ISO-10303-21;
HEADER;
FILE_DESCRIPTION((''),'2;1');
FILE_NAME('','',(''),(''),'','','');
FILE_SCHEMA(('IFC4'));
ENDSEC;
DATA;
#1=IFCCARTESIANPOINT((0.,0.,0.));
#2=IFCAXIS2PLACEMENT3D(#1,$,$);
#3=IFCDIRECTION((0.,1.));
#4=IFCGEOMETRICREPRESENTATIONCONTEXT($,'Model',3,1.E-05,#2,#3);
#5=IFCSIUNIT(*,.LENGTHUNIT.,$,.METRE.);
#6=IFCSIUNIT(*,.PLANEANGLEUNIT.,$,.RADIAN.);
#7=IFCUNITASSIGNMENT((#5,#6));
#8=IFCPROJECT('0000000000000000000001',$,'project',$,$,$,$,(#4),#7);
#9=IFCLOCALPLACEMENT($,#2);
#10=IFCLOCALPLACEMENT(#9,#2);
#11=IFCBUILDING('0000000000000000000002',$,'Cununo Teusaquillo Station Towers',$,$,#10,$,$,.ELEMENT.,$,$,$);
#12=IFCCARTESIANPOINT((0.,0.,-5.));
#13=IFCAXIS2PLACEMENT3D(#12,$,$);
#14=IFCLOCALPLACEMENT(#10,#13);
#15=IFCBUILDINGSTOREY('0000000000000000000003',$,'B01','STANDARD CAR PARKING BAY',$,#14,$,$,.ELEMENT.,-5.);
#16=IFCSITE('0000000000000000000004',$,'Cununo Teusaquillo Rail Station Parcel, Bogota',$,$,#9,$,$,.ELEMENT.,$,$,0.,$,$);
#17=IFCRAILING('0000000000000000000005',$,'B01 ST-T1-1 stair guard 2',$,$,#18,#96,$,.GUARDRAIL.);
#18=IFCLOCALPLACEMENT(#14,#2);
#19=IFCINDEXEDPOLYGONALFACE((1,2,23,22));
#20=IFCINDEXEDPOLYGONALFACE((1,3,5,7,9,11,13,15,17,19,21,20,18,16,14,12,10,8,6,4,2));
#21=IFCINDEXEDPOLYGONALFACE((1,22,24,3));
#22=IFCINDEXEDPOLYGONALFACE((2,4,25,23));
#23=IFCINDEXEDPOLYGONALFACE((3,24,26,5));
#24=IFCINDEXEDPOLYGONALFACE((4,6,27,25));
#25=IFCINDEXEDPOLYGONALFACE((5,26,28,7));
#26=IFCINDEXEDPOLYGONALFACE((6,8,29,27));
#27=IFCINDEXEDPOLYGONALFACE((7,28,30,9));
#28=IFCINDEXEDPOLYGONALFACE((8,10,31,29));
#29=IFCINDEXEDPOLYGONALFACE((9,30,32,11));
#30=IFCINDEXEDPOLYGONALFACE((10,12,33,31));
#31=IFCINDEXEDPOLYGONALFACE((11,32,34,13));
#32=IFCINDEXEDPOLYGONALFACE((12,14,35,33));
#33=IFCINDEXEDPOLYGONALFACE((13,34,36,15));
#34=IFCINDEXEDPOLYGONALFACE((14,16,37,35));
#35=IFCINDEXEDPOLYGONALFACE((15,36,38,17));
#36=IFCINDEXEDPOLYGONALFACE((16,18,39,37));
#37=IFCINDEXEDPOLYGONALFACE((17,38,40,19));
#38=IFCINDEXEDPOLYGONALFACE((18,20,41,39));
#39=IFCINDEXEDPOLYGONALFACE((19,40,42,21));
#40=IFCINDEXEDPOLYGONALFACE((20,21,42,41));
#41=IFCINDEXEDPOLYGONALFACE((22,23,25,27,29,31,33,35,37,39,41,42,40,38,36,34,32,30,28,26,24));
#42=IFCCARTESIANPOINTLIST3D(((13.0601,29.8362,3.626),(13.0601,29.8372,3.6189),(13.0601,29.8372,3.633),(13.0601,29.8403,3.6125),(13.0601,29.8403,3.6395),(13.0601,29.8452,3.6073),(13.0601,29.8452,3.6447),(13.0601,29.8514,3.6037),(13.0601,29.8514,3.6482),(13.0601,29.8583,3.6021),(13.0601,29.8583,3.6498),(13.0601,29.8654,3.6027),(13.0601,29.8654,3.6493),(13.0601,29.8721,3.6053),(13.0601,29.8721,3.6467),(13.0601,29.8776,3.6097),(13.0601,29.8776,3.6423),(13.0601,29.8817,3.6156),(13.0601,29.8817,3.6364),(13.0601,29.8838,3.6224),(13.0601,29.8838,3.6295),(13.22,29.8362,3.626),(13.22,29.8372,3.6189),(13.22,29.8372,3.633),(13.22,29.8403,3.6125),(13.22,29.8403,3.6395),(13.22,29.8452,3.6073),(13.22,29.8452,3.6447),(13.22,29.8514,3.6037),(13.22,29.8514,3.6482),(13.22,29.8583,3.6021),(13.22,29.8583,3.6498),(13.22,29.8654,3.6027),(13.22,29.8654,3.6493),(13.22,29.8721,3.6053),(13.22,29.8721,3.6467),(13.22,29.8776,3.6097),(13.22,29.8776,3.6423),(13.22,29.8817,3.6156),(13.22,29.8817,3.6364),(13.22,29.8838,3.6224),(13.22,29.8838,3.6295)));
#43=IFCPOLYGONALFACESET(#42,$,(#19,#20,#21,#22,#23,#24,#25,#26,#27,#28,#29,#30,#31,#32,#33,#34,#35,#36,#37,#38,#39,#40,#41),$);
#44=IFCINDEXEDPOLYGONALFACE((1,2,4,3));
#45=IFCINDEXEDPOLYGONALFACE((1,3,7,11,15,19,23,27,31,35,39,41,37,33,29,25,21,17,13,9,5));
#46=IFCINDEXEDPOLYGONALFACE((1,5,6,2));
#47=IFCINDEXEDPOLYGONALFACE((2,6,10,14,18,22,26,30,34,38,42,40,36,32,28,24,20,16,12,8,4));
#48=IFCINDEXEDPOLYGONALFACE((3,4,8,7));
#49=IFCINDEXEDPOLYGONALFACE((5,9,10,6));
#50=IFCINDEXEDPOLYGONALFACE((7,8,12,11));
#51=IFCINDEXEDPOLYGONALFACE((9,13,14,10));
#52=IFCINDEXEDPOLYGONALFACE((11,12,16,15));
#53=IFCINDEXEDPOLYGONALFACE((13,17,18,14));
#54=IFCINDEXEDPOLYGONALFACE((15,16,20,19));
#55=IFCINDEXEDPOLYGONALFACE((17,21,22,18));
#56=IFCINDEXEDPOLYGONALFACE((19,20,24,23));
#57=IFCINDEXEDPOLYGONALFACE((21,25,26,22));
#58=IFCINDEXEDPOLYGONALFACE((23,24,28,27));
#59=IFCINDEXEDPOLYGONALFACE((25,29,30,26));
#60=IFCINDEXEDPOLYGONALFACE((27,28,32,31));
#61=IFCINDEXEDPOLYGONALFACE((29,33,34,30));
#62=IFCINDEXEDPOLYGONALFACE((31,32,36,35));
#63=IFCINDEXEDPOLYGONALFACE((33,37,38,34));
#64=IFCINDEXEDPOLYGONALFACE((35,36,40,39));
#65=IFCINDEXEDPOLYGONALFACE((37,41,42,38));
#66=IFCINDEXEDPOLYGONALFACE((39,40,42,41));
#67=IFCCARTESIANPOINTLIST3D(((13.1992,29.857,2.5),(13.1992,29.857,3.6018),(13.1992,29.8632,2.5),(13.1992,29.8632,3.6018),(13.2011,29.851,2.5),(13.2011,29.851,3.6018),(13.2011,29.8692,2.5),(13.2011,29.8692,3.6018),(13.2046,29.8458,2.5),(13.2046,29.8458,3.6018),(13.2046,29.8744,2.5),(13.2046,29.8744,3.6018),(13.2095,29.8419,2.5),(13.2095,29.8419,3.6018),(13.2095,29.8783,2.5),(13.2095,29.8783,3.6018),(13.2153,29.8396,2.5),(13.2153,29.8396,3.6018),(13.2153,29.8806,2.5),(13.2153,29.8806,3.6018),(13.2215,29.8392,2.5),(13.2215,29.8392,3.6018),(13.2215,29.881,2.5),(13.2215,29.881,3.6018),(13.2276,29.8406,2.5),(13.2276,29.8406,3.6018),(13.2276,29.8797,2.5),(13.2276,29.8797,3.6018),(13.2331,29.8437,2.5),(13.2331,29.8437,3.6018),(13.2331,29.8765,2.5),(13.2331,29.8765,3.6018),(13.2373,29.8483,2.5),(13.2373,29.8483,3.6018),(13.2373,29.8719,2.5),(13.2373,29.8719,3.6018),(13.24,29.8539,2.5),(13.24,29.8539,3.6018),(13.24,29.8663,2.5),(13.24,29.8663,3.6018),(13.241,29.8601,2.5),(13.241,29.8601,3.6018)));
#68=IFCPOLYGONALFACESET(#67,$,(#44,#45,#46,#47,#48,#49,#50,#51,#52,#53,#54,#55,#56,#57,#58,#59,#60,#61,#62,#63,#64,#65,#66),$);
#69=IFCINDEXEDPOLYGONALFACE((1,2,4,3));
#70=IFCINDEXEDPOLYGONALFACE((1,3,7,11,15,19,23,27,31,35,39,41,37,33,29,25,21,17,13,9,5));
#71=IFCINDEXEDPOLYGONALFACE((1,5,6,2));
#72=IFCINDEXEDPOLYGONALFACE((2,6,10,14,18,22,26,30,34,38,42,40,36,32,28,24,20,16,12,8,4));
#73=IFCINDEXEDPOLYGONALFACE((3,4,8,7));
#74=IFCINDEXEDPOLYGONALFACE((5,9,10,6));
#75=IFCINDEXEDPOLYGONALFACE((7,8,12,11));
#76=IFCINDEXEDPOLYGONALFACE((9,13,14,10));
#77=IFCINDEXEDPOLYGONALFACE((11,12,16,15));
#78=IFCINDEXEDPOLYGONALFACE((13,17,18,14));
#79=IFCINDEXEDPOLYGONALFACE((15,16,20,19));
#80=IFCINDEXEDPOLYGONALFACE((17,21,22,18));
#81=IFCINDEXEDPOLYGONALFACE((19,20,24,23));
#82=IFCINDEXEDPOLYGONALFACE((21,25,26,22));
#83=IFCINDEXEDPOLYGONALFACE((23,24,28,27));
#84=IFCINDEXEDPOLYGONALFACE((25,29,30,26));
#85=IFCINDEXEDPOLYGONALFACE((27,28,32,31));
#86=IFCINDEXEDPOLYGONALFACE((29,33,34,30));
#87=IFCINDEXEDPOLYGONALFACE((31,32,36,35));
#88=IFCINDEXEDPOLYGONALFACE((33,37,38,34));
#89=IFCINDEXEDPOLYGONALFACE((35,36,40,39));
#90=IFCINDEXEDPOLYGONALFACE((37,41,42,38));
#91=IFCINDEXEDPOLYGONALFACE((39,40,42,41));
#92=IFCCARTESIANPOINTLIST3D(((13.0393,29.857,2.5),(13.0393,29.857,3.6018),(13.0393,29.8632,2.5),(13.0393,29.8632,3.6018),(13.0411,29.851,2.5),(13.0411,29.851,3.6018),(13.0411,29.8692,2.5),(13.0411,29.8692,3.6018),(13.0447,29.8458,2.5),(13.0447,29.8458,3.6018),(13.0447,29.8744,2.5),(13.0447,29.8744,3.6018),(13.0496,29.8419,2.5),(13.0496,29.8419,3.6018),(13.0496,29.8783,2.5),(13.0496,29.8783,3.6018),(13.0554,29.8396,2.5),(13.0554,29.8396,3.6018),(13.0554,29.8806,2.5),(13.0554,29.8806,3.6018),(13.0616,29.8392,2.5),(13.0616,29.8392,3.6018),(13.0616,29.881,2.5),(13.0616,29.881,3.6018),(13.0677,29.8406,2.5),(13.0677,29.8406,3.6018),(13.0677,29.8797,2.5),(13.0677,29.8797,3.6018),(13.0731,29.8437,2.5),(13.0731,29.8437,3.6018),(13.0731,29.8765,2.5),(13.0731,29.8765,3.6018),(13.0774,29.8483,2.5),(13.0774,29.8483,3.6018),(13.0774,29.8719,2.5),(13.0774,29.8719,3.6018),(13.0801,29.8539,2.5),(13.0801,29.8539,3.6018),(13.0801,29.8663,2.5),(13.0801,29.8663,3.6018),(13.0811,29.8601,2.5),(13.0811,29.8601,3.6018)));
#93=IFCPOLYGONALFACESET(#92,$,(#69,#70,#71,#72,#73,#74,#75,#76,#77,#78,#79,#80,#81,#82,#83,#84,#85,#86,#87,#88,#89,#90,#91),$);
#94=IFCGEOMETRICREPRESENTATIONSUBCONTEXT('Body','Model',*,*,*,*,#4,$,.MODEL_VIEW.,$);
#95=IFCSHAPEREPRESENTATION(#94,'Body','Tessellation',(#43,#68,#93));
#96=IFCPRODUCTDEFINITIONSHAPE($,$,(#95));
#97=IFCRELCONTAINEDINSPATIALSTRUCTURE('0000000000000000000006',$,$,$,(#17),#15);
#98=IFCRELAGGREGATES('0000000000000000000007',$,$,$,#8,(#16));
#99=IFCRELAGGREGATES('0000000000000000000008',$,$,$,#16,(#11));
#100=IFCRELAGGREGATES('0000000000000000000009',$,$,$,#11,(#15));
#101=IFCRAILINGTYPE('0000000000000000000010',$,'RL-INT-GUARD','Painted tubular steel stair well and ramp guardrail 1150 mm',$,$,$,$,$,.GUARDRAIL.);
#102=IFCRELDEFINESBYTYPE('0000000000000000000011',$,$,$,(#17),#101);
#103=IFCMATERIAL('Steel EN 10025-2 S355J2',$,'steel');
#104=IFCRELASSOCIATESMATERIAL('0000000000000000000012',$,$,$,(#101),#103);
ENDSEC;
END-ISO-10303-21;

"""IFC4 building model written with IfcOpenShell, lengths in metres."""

from ifc_helpers import new_model, si_unit, direction, frame, origin, origin_2d, place, context, subcontext, project, spatial, circle, extrude, material, type_object, element, save


model = new_model("IFC4")

# Units and contexts
model_context = context("Model", 3, precision=1e-05, world=origin(), true_north=direction((0.0, 1.0)))
body_context = subcontext(model_context, "Body", "Model", "MODEL_VIEW")
ifc_project = project(units=[si_unit("LENGTHUNIT", "METRE"), si_unit("PLANEANGLEUNIT", "RADIAN")], contexts=[model_context])

# Site, building, storey
site_placement = place(None, origin())
site = spatial("IfcSite", under=ifc_project, at=site_placement, Name="Cununo Teusaquillo Rail Station Parcel, Bogota", CompositionType="ELEMENT", RefElevation=0.0)
building_placement = place(site_placement, origin())
building = spatial("IfcBuilding", under=site, at=building_placement, Name="Cununo Teusaquillo Station Towers", CompositionType="ELEMENT")
storey_placement = place(building_placement, frame((0.0, 0.0, -5.0)))
storey = spatial("IfcBuildingStorey", under=building, at=storey_placement, Name="B01", Description="STANDARD CAR PARKING BAY", CompositionType="ELEMENT", Elevation=-5.0)

# Railing
ifc_material_1 = material(Name="Steel EN 10025-2 S355J2", Category="steel")
railing_type_1 = type_object("IfcRailingType", Name="RL-INT-GUARD", Description="Painted tubular steel stair well and ramp guardrail 1150 mm", PredefinedType="GUARDRAIL", material=ifc_material_1)
railing_1_placement = place(storey_placement, frame((13.22, 29.8601, 2.5)))
element("IfcRailing", 1, at=railing_1_placement, inside=storey, type_object=railing_type_1, Name="B01 ST-T1-1 stair guard 2", PredefinedType="GUARDRAIL", context=body_context, shape_type="SweptSolid", body=[
    extrude(circle(Radius=0.0239, at=origin_2d()), frame((0.0, 0.0, 1.126), z_axis=(-1.0, 0.0, 0.0), x_axis=(0.0, -1.0, 0.0)), (0.0, 0.0, 1.0), 0.1599),
    extrude(circle(Radius=0.021, at=origin_2d()), origin(), (0.0, 0.0, 1.0), 1.1018),
    extrude(circle(Radius=0.021, at=origin_2d()), frame((-0.1599, 0.0, 0.0)), (0.0, 0.0, 1.0), 1.1018),
])

save(model, "model.ifc")
